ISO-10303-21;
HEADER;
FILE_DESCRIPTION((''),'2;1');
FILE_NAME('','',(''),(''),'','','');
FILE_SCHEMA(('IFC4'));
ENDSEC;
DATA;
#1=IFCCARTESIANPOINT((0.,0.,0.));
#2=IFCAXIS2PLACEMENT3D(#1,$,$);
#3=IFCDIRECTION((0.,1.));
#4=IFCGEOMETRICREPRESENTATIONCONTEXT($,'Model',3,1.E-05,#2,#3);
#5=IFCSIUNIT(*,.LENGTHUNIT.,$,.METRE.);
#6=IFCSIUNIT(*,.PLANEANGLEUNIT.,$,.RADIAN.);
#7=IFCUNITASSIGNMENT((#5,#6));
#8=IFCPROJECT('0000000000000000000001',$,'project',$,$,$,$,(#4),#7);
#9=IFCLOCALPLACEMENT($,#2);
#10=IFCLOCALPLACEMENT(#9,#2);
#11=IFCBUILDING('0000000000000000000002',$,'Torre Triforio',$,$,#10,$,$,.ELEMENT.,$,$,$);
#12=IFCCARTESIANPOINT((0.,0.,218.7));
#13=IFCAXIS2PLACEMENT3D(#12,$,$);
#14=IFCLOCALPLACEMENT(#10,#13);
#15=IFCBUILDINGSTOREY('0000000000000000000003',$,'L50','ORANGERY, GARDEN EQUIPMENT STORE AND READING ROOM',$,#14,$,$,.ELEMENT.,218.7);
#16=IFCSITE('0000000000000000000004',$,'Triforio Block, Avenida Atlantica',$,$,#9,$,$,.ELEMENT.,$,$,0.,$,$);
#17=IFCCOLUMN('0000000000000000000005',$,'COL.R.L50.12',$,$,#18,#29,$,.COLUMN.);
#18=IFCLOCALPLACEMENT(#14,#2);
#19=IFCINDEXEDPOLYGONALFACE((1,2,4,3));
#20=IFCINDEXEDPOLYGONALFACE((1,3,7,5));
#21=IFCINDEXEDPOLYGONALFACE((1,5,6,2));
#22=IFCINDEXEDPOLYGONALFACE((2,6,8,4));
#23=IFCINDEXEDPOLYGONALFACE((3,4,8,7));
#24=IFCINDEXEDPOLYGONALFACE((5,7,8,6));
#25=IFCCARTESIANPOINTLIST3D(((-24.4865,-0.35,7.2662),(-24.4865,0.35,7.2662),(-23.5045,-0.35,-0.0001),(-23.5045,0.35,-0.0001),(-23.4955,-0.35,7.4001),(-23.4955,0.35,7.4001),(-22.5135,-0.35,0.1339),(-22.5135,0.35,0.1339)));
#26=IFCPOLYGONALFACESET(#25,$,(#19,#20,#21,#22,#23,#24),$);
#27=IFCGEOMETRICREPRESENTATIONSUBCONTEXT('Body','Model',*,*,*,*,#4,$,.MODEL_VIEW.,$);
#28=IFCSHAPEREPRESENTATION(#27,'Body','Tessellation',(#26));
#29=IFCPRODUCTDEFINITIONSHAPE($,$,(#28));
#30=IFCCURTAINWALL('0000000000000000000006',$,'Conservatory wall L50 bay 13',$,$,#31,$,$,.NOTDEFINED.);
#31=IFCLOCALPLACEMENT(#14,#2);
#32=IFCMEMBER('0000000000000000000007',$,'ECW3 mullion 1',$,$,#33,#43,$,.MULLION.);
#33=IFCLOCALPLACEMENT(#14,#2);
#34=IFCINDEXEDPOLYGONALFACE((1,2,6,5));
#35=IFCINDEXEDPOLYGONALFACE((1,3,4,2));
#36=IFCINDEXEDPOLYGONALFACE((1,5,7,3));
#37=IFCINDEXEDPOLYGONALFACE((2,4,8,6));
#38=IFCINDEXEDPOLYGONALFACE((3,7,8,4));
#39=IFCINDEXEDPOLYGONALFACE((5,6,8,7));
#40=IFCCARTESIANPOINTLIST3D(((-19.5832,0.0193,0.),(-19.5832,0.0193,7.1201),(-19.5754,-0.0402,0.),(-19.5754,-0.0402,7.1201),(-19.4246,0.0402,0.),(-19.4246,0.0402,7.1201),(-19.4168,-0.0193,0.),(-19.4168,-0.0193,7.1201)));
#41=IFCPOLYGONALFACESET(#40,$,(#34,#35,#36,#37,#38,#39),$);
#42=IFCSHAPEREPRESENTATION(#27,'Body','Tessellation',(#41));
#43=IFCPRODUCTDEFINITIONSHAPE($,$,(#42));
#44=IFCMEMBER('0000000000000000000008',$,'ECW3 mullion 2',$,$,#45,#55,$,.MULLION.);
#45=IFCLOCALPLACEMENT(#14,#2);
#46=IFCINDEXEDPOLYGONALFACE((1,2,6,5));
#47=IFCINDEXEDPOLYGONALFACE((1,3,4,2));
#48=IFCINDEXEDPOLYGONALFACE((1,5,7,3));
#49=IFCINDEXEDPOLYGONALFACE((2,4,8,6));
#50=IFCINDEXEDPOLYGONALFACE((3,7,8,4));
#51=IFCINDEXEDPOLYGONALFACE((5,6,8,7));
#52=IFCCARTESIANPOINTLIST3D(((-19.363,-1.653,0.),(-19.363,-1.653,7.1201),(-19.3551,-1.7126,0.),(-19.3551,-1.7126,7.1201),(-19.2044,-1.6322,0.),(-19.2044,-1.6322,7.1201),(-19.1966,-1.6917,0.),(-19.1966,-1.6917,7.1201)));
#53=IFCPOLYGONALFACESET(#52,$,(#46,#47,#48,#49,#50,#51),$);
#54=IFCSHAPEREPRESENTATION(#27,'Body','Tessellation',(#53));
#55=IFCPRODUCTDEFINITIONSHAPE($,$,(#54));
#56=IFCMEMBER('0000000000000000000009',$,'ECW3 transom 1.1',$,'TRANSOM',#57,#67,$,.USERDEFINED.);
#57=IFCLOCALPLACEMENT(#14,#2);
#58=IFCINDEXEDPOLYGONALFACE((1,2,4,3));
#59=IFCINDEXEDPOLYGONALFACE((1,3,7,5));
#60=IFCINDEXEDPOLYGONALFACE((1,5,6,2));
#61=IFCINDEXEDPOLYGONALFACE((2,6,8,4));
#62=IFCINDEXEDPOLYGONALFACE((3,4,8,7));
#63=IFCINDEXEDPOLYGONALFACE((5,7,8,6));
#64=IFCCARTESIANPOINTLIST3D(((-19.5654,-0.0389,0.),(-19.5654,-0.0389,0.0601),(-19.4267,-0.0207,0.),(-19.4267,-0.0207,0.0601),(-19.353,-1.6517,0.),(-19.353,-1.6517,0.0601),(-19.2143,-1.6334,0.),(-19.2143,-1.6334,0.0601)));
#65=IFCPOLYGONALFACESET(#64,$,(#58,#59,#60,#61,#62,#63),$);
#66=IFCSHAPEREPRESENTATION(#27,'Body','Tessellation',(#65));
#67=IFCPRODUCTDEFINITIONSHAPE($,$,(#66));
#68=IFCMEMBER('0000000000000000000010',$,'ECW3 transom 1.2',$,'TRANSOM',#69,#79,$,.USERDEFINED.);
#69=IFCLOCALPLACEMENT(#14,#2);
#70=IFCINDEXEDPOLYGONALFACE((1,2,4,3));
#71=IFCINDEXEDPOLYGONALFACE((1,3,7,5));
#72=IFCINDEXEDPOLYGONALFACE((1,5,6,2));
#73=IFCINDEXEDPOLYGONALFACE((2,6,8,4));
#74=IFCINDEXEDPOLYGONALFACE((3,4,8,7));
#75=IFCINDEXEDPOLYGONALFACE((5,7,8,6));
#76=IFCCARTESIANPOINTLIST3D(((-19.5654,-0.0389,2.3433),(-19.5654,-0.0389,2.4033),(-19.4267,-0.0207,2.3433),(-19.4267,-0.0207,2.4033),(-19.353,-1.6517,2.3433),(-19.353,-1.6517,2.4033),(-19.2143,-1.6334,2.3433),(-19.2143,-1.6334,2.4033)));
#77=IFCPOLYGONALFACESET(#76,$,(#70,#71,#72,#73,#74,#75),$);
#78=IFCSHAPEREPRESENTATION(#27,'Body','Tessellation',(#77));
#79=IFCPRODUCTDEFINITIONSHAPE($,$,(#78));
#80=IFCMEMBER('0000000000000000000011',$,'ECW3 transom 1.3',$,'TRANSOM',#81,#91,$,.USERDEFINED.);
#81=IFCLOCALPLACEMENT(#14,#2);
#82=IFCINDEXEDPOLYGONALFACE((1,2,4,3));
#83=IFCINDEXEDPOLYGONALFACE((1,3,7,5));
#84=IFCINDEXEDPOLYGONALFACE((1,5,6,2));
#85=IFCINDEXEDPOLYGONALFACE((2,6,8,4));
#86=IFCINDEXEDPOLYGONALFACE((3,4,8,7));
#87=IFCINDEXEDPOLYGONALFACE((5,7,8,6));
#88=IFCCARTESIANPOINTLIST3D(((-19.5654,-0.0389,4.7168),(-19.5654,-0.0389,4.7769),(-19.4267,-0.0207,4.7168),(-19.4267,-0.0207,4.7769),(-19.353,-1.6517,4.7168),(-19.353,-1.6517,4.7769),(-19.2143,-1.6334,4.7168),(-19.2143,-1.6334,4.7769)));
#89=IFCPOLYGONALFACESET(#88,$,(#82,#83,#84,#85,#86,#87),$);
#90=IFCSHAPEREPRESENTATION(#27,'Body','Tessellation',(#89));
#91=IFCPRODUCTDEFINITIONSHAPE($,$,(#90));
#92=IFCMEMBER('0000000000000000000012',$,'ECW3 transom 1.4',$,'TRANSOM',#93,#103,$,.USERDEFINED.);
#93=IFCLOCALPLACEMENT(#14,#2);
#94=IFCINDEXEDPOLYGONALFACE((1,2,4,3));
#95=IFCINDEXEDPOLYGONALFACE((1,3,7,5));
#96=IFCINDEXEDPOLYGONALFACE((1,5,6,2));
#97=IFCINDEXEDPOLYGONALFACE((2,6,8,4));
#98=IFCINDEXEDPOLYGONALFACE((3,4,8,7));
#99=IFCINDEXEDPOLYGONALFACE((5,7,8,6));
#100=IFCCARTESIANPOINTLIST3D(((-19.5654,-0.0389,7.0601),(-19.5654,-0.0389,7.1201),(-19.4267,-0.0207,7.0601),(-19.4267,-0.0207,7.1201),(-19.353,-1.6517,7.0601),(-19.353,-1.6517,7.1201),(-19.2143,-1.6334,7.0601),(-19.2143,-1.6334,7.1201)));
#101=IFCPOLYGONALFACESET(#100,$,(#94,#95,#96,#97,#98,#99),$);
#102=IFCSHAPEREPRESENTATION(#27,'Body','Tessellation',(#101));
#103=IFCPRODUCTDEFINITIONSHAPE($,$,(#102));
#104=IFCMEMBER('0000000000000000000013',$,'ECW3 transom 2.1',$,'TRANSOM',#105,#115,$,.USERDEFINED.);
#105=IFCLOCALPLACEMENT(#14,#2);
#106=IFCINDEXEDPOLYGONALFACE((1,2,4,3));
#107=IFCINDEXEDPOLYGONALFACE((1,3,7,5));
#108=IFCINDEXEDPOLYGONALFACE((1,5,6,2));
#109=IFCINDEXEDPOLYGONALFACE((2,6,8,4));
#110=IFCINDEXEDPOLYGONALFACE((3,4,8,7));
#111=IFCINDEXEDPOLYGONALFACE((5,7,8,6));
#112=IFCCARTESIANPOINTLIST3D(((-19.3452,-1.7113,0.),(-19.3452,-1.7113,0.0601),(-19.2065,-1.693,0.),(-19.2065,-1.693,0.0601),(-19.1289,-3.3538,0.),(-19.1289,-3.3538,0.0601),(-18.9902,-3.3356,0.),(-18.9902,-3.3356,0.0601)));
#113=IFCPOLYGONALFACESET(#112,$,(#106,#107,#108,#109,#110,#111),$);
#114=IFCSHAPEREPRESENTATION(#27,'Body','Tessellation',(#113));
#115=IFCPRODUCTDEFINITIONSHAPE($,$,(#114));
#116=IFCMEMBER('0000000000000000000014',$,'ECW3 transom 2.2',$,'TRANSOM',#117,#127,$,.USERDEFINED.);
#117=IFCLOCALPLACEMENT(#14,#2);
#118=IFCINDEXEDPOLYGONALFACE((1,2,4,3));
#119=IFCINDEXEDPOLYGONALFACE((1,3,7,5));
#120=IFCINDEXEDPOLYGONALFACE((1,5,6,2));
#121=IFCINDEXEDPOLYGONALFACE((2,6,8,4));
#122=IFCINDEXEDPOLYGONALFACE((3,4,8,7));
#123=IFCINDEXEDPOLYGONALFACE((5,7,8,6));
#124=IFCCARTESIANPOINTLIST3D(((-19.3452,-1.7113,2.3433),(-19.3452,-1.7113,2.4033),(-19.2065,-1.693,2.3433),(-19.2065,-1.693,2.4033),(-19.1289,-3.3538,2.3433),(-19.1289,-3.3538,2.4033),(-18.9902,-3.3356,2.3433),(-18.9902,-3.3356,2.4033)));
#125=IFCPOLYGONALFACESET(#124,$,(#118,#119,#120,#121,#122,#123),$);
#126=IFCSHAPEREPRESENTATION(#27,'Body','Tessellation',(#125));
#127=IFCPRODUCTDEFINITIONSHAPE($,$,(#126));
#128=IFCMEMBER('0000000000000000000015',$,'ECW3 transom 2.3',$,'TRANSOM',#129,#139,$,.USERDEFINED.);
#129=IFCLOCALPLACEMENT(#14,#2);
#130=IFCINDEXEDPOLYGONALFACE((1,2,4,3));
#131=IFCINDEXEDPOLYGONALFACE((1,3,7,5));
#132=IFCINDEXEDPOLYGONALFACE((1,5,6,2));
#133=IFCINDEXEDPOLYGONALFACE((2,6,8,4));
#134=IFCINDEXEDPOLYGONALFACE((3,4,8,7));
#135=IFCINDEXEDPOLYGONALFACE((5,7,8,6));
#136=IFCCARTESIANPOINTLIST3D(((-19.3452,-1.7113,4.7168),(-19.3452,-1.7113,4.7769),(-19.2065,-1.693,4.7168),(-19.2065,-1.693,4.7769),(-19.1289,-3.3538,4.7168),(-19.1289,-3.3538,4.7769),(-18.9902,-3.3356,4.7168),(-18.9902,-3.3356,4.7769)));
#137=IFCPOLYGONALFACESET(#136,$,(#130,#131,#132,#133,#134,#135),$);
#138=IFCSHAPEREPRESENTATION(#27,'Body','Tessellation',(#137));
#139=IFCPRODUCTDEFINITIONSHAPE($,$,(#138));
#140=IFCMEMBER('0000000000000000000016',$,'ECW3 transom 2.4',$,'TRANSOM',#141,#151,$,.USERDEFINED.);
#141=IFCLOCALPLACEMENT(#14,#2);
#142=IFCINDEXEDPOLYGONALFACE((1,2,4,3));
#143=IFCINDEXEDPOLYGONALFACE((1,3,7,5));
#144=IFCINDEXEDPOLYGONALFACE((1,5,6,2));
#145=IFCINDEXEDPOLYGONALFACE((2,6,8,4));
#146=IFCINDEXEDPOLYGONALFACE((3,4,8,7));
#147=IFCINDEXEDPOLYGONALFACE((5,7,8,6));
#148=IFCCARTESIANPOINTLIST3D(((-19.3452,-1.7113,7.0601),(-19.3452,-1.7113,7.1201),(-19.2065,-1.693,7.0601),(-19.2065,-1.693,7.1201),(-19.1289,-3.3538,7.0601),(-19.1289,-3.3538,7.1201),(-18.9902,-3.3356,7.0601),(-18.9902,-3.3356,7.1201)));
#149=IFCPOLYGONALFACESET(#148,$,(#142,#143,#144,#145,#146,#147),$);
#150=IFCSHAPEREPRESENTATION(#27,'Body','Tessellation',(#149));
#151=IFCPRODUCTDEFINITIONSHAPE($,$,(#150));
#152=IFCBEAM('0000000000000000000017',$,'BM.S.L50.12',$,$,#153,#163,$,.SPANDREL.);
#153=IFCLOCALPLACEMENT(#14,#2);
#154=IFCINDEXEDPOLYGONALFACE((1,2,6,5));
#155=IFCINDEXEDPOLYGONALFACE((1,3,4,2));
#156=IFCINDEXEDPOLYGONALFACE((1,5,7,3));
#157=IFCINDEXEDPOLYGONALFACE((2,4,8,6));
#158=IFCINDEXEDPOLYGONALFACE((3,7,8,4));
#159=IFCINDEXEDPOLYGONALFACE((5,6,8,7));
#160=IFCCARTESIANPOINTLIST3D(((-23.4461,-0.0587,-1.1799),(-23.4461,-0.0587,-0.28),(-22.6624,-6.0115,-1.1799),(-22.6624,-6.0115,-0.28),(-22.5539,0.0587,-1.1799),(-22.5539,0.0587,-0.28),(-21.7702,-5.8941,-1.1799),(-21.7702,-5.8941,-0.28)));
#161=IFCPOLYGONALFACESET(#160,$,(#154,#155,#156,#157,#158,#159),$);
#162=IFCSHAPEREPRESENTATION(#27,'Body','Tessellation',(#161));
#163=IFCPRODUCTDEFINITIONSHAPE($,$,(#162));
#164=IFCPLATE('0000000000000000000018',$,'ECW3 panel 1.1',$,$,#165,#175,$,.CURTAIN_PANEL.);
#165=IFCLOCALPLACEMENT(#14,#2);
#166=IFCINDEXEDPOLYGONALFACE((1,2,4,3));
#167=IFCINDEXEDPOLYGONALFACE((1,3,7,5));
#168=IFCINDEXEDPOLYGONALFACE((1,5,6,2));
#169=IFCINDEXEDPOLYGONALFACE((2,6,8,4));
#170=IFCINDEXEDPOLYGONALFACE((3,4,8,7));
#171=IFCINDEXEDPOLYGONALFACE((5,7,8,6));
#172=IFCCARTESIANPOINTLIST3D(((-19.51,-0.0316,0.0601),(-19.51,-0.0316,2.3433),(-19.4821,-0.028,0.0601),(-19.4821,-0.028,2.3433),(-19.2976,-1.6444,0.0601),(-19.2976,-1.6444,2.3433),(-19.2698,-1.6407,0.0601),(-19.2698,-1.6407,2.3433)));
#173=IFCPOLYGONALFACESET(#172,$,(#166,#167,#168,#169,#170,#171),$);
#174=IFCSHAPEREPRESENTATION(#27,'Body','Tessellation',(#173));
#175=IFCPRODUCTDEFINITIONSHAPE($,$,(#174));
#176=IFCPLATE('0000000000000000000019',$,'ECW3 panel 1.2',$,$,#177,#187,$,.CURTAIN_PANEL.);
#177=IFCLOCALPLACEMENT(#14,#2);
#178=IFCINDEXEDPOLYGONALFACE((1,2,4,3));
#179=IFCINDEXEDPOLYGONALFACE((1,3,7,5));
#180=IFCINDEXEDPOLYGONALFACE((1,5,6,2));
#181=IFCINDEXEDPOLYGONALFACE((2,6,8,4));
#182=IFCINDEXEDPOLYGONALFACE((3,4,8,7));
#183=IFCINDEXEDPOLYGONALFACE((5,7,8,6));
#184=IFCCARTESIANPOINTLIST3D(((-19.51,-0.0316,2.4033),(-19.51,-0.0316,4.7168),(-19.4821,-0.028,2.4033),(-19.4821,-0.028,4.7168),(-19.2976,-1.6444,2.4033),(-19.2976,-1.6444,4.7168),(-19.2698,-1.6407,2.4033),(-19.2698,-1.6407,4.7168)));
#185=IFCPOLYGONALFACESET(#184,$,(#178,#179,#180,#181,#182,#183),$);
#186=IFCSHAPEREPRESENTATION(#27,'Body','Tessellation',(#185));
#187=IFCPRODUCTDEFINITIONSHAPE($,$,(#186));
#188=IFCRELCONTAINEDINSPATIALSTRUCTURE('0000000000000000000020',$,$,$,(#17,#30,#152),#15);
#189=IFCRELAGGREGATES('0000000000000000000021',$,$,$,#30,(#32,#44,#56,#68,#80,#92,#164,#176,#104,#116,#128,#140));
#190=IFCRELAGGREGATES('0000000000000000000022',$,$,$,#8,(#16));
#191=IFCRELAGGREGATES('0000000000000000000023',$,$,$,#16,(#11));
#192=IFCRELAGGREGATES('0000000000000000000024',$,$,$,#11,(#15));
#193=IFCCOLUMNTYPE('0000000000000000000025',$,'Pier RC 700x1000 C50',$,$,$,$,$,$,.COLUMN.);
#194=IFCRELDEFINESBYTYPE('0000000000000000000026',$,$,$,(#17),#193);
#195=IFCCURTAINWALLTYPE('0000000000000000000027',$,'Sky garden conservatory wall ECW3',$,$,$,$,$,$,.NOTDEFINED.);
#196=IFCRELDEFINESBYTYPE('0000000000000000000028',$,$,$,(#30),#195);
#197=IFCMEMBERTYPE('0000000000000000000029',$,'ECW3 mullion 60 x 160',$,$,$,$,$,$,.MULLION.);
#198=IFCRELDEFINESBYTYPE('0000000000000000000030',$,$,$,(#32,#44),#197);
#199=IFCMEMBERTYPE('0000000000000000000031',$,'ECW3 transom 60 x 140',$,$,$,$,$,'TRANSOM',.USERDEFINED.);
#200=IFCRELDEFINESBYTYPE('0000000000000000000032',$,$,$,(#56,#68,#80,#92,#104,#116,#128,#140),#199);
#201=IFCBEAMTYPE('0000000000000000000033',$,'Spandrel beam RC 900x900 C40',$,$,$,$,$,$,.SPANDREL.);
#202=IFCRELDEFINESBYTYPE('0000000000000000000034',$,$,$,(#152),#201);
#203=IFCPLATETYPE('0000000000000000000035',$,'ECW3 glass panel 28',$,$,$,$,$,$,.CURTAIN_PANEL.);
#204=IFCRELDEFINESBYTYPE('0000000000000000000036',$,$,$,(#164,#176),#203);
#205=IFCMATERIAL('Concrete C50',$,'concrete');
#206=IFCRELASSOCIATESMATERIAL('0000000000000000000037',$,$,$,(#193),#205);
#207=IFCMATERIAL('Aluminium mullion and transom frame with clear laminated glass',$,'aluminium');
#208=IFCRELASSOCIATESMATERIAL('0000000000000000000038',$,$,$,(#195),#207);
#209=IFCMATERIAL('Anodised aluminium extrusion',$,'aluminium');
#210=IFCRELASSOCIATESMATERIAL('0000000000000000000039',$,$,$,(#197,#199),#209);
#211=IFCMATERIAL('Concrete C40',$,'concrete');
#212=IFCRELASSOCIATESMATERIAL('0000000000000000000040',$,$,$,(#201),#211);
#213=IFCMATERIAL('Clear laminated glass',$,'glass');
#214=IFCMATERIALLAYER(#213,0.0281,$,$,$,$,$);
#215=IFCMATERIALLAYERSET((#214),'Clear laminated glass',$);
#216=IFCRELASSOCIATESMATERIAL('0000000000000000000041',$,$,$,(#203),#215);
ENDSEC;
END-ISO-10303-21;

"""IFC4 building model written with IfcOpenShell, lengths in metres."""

from ifc_helpers import new_model, si_unit, direction, frame, origin, origin_2d, place, context, subcontext, project, spatial, rectangle, extrude, material, layer, layer_set, material_profile, profile_set, type_object, element, aggregate, save


model = new_model("IFC4")

# Units and contexts
model_context = context("Model", 3, precision=1e-05, world=origin(), true_north=direction((0.0, 1.0)))
body_context = subcontext(model_context, "Body", "Model", "MODEL_VIEW")
ifc_project = project(units=[si_unit("LENGTHUNIT", "METRE"), si_unit("PLANEANGLEUNIT", "RADIAN")], contexts=[model_context])

# Site, building, storey
site_placement = place(None, origin())
site = spatial("IfcSite", under=ifc_project, at=site_placement, Name="Triforio Block, Avenida Atlantica", CompositionType="ELEMENT", RefElevation=0.0)
building_placement = place(site_placement, origin())
building = spatial("IfcBuilding", under=site, at=building_placement, Name="Torre Triforio", CompositionType="ELEMENT")
storey_placement = place(building_placement, frame((0.0, 0.0, 218.7)))
storey = spatial("IfcBuildingStorey", under=building, at=storey_placement, Name="L50", Description="ORANGERY, GARDEN EQUIPMENT STORE AND READING ROOM", CompositionType="ELEMENT", Elevation=218.7)

# Column
ifc_material_1 = material(Name="Concrete C50", Category="concrete")
ifc_material_profile_1 = material_profile(ifc_material_1, rectangle(XDim=0.7, YDim=1.0, at=origin_2d()), Name="RC 700x1000")
ifc_profile_set_1 = profile_set([ifc_material_profile_1], Name="Concrete C50")
column_type = type_object("IfcColumnType", Name="Pier RC 700x1000 C50", PredefinedType="COLUMN", material=ifc_profile_set_1)
column_placement = place(storey_placement, frame((-23.009, 0.0, 0.0669), z_axis=(-0.133921, 0.0, 0.990992), x_axis=(0.0, -1.0, 0.0)))
element("IfcColumn", 1, at=column_placement, inside=storey, type_object=column_type, Name="COL.R.L50.12", PredefinedType="COLUMN", context=body_context, shape_type="SweptSolid", body=[
    extrude(rectangle(XDim=0.7, YDim=1.0, at=origin_2d()), origin(), (0.0, 0.0, 1.0), 7.3323),
])

# Curtain wall, members
ifc_material_2 = material(Name="Aluminium mullion and transom frame with clear laminated glass", Category="aluminium")
curtain_wall_type = type_object("IfcCurtainWallType", Name="Sky garden conservatory wall ECW3", PredefinedType="NOTDEFINED", material=ifc_material_2)
curtain_wall_placement = place(storey_placement, origin())
curtain_wall = element("IfcCurtainWall", 2, at=curtain_wall_placement, inside=storey, type_object=curtain_wall_type, Name="Conservatory wall L50 bay 13", PredefinedType="NOTDEFINED")
ifc_material_3 = material(Name="Anodised aluminium extrusion", Category="aluminium")
ifc_material_profile_2 = material_profile(ifc_material_3, rectangle(XDim=0.1599, YDim=0.0601, at=origin_2d()), Name="ECW3 MULLION 60x160")
ifc_profile_set_2 = profile_set([ifc_material_profile_2], Name="Anodised aluminium extrusion")
member_type_1 = type_object("IfcMemberType", Name="ECW3 mullion 60 x 160", PredefinedType="MULLION", material=ifc_profile_set_2)
member_1_placement = place(storey_placement, frame((-19.5, 0.0, 0.0), z_axis=(0.0, 0.0, 1.0), x_axis=(0.991444, 0.130532, 0.0)))
member_1 = element("IfcMember", 3, at=member_1_placement, type_object=member_type_1, Name="ECW3 mullion 1", PredefinedType="MULLION", context=body_context, shape_type="SweptSolid", body=[
    extrude(rectangle(XDim=0.1599, YDim=0.0601, at=origin_2d()), origin(), (0.0, 0.0, 1.0), 7.1201),
])
member_2_placement = place(storey_placement, frame((-19.2798, -1.6724, 0.0), z_axis=(0.0, 0.0, 1.0), x_axis=(0.991444, 0.130532, 0.0)))
member_2 = element("IfcMember", 4, at=member_2_placement, type_object=member_type_1, Name="ECW3 mullion 2", PredefinedType="MULLION", context=body_context, shape_type="SweptSolid", body=[
    extrude(rectangle(XDim=0.1599, YDim=0.0601, at=origin_2d()), origin(), (0.0, 0.0, 1.0), 7.1201),
])
ifc_material_profile_3 = material_profile(ifc_material_3, rectangle(XDim=0.1399, YDim=0.0601, at=origin_2d()), Name="ECW3 TRANSOM 60x140")
ifc_profile_set_3 = profile_set([ifc_material_profile_3], Name="Anodised aluminium extrusion")
member_type_2 = type_object("IfcMemberType", Name="ECW3 transom 60 x 140", ElementType="TRANSOM", PredefinedType="USERDEFINED", material=ifc_profile_set_3)
member_3_placement = place(storey_placement, frame((-19.4961, -0.0298, 0.03), z_axis=(0.130571, -0.991439, 0.0), x_axis=(0.991439, 0.130571, 0.0)))
member_3 = element("IfcMember", 5, at=member_3_placement, type_object=member_type_2, Name="ECW3 transom 1.1", ObjectType="TRANSOM", PredefinedType="USERDEFINED", context=body_context, shape_type="SweptSolid", body=[
    extrude(rectangle(XDim=0.1399, YDim=0.0601, at=origin_2d()), origin(), (0.0, 0.0, 1.0), 1.6267),
])
member_4_placement = place(storey_placement, frame((-19.4961, -0.0298, 2.3733), z_axis=(0.130571, -0.991439, 0.0), x_axis=(0.991439, 0.130571, 0.0)))
member_4 = element("IfcMember", 6, at=member_4_placement, type_object=member_type_2, Name="ECW3 transom 1.2", ObjectType="TRANSOM", PredefinedType="USERDEFINED", context=body_context, shape_type="SweptSolid", body=[
    extrude(rectangle(XDim=0.1399, YDim=0.0601, at=origin_2d()), origin(), (0.0, 0.0, 1.0), 1.6267),
])
member_5_placement = place(storey_placement, frame((-19.4961, -0.0298, 4.7468), z_axis=(0.130571, -0.991439, 0.0), x_axis=(0.991439, 0.130571, 0.0)))
member_5 = element("IfcMember", 7, at=member_5_placement, type_object=member_type_2, Name="ECW3 transom 1.3", ObjectType="TRANSOM", PredefinedType="USERDEFINED", context=body_context, shape_type="SweptSolid", body=[
    extrude(rectangle(XDim=0.1399, YDim=0.0601, at=origin_2d()), origin(), (0.0, 0.0, 1.0), 1.6267),
])
member_6_placement = place(storey_placement, frame((-19.4961, -0.0298, 7.0901), z_axis=(0.130571, -0.991439, 0.0), x_axis=(0.991439, 0.130571, 0.0)))
member_6 = element("IfcMember", 8, at=member_6_placement, type_object=member_type_2, Name="ECW3 transom 1.4", ObjectType="TRANSOM", PredefinedType="USERDEFINED", context=body_context, shape_type="SweptSolid", body=[
    extrude(rectangle(XDim=0.1399, YDim=0.0601, at=origin_2d()), origin(), (0.0, 0.0, 1.0), 1.6267),
])
member_7_placement = place(storey_placement, frame((-19.2759, -1.7021, 0.03), z_axis=(0.130561, -0.99144, 0.0), x_axis=(0.99144, 0.130561, 0.0)))
member_7 = element("IfcMember", 9, at=member_7_placement, type_object=member_type_2, Name="ECW3 transom 2.1", ObjectType="TRANSOM", PredefinedType="USERDEFINED", context=body_context, shape_type="SweptSolid", body=[
    extrude(rectangle(XDim=0.1399, YDim=0.0601, at=origin_2d()), origin(), (0.0, 0.0, 1.0), 1.6567),
])
member_8_placement = place(storey_placement, frame((-19.2759, -1.7021, 2.3733), z_axis=(0.130561, -0.99144, 0.0), x_axis=(0.99144, 0.130561, 0.0)))
member_8 = element("IfcMember", 10, at=member_8_placement, type_object=member_type_2, Name="ECW3 transom 2.2", ObjectType="TRANSOM", PredefinedType="USERDEFINED", context=body_context, shape_type="SweptSolid", body=[
    extrude(rectangle(XDim=0.1399, YDim=0.0601, at=origin_2d()), origin(), (0.0, 0.0, 1.0), 1.6567),
])
member_9_placement = place(storey_placement, frame((-19.2759, -1.7021, 4.7468), z_axis=(0.130561, -0.99144, 0.0), x_axis=(0.99144, 0.130561, 0.0)))
member_9 = element("IfcMember", 11, at=member_9_placement, type_object=member_type_2, Name="ECW3 transom 2.3", ObjectType="TRANSOM", PredefinedType="USERDEFINED", context=body_context, shape_type="SweptSolid", body=[
    extrude(rectangle(XDim=0.1399, YDim=0.0601, at=origin_2d()), origin(), (0.0, 0.0, 1.0), 1.6567),
])
member_10_placement = place(storey_placement, frame((-19.2759, -1.7021, 7.0901), z_axis=(0.130561, -0.99144, 0.0), x_axis=(0.99144, 0.130561, 0.0)))
member_10 = element("IfcMember", 12, at=member_10_placement, type_object=member_type_2, Name="ECW3 transom 2.4", ObjectType="TRANSOM", PredefinedType="USERDEFINED", context=body_context, shape_type="SweptSolid", body=[
    extrude(rectangle(XDim=0.1399, YDim=0.0601, at=origin_2d()), origin(), (0.0, 0.0, 1.0), 1.6567),
])

# Beam
ifc_material_4 = material(Name="Concrete C40", Category="concrete")
ifc_material_profile_4 = material_profile(ifc_material_4, rectangle(XDim=0.8999, YDim=0.8999, at=origin_2d()), Name="RC 900x900")
ifc_profile_set_4 = profile_set([ifc_material_profile_4], Name="Concrete C40")
beam_type = type_object("IfcBeamType", Name="Spandrel beam RC 900x900 C40", PredefinedType="SPANDREL", material=ifc_profile_set_4)
beam_placement = place(storey_placement, frame((-23.0, 0.0, -0.73), z_axis=(0.130523, -0.991445, 0.0), x_axis=(0.991445, 0.130523, 0.0)))
element("IfcBeam", 13, at=beam_placement, inside=storey, type_object=beam_type, Name="BM.S.L50.12", PredefinedType="SPANDREL", context=body_context, shape_type="SweptSolid", body=[
    extrude(rectangle(XDim=0.8999, YDim=0.8999, at=origin_2d()), origin(), (0.0, 0.0, 1.0), 6.0042),
])

# Plates
ifc_material_5 = material(Name="Clear laminated glass", Category="glass")
ifc_layer_1 = layer(ifc_material_5, 0.0281)
ifc_layer_set_1 = layer_set([ifc_layer_1], Name="Clear laminated glass")
plate_type = type_object("IfcPlateType", Name="ECW3 glass panel 28", PredefinedType="CURTAIN_PANEL", material=ifc_layer_set_1)
plate_1_placement = place(storey_placement, frame((-19.3899, -0.8362, 0.0601), z_axis=(0.0, 0.0, 1.0), x_axis=(0.130532, -0.991444, 0.0)))
plate_1 = element("IfcPlate", 14, at=plate_1_placement, type_object=plate_type, Name="ECW3 panel 1.1", PredefinedType="CURTAIN_PANEL", context=body_context, shape_type="SweptSolid", body=[
    extrude(rectangle(XDim=1.6267, YDim=0.0281, at=origin_2d()), origin(), (0.0, 0.0, 1.0), 2.2832),
])
plate_2_placement = place(storey_placement, frame((-19.3899, -0.8362, 2.4033), z_axis=(0.0, 0.0, 1.0), x_axis=(0.130532, -0.991444, 0.0)))
plate_2 = element("IfcPlate", 15, at=plate_2_placement, type_object=plate_type, Name="ECW3 panel 1.2", PredefinedType="CURTAIN_PANEL", context=body_context, shape_type="SweptSolid", body=[
    extrude(rectangle(XDim=1.6267, YDim=0.0281, at=origin_2d()), origin(), (0.0, 0.0, 1.0), 2.3135),
])
aggregate(curtain_wall, [member_1, member_2, member_3, member_4, member_5, member_6, plate_1, plate_2, member_7, member_8, member_9, member_10])

save(model, "model.ifc")
